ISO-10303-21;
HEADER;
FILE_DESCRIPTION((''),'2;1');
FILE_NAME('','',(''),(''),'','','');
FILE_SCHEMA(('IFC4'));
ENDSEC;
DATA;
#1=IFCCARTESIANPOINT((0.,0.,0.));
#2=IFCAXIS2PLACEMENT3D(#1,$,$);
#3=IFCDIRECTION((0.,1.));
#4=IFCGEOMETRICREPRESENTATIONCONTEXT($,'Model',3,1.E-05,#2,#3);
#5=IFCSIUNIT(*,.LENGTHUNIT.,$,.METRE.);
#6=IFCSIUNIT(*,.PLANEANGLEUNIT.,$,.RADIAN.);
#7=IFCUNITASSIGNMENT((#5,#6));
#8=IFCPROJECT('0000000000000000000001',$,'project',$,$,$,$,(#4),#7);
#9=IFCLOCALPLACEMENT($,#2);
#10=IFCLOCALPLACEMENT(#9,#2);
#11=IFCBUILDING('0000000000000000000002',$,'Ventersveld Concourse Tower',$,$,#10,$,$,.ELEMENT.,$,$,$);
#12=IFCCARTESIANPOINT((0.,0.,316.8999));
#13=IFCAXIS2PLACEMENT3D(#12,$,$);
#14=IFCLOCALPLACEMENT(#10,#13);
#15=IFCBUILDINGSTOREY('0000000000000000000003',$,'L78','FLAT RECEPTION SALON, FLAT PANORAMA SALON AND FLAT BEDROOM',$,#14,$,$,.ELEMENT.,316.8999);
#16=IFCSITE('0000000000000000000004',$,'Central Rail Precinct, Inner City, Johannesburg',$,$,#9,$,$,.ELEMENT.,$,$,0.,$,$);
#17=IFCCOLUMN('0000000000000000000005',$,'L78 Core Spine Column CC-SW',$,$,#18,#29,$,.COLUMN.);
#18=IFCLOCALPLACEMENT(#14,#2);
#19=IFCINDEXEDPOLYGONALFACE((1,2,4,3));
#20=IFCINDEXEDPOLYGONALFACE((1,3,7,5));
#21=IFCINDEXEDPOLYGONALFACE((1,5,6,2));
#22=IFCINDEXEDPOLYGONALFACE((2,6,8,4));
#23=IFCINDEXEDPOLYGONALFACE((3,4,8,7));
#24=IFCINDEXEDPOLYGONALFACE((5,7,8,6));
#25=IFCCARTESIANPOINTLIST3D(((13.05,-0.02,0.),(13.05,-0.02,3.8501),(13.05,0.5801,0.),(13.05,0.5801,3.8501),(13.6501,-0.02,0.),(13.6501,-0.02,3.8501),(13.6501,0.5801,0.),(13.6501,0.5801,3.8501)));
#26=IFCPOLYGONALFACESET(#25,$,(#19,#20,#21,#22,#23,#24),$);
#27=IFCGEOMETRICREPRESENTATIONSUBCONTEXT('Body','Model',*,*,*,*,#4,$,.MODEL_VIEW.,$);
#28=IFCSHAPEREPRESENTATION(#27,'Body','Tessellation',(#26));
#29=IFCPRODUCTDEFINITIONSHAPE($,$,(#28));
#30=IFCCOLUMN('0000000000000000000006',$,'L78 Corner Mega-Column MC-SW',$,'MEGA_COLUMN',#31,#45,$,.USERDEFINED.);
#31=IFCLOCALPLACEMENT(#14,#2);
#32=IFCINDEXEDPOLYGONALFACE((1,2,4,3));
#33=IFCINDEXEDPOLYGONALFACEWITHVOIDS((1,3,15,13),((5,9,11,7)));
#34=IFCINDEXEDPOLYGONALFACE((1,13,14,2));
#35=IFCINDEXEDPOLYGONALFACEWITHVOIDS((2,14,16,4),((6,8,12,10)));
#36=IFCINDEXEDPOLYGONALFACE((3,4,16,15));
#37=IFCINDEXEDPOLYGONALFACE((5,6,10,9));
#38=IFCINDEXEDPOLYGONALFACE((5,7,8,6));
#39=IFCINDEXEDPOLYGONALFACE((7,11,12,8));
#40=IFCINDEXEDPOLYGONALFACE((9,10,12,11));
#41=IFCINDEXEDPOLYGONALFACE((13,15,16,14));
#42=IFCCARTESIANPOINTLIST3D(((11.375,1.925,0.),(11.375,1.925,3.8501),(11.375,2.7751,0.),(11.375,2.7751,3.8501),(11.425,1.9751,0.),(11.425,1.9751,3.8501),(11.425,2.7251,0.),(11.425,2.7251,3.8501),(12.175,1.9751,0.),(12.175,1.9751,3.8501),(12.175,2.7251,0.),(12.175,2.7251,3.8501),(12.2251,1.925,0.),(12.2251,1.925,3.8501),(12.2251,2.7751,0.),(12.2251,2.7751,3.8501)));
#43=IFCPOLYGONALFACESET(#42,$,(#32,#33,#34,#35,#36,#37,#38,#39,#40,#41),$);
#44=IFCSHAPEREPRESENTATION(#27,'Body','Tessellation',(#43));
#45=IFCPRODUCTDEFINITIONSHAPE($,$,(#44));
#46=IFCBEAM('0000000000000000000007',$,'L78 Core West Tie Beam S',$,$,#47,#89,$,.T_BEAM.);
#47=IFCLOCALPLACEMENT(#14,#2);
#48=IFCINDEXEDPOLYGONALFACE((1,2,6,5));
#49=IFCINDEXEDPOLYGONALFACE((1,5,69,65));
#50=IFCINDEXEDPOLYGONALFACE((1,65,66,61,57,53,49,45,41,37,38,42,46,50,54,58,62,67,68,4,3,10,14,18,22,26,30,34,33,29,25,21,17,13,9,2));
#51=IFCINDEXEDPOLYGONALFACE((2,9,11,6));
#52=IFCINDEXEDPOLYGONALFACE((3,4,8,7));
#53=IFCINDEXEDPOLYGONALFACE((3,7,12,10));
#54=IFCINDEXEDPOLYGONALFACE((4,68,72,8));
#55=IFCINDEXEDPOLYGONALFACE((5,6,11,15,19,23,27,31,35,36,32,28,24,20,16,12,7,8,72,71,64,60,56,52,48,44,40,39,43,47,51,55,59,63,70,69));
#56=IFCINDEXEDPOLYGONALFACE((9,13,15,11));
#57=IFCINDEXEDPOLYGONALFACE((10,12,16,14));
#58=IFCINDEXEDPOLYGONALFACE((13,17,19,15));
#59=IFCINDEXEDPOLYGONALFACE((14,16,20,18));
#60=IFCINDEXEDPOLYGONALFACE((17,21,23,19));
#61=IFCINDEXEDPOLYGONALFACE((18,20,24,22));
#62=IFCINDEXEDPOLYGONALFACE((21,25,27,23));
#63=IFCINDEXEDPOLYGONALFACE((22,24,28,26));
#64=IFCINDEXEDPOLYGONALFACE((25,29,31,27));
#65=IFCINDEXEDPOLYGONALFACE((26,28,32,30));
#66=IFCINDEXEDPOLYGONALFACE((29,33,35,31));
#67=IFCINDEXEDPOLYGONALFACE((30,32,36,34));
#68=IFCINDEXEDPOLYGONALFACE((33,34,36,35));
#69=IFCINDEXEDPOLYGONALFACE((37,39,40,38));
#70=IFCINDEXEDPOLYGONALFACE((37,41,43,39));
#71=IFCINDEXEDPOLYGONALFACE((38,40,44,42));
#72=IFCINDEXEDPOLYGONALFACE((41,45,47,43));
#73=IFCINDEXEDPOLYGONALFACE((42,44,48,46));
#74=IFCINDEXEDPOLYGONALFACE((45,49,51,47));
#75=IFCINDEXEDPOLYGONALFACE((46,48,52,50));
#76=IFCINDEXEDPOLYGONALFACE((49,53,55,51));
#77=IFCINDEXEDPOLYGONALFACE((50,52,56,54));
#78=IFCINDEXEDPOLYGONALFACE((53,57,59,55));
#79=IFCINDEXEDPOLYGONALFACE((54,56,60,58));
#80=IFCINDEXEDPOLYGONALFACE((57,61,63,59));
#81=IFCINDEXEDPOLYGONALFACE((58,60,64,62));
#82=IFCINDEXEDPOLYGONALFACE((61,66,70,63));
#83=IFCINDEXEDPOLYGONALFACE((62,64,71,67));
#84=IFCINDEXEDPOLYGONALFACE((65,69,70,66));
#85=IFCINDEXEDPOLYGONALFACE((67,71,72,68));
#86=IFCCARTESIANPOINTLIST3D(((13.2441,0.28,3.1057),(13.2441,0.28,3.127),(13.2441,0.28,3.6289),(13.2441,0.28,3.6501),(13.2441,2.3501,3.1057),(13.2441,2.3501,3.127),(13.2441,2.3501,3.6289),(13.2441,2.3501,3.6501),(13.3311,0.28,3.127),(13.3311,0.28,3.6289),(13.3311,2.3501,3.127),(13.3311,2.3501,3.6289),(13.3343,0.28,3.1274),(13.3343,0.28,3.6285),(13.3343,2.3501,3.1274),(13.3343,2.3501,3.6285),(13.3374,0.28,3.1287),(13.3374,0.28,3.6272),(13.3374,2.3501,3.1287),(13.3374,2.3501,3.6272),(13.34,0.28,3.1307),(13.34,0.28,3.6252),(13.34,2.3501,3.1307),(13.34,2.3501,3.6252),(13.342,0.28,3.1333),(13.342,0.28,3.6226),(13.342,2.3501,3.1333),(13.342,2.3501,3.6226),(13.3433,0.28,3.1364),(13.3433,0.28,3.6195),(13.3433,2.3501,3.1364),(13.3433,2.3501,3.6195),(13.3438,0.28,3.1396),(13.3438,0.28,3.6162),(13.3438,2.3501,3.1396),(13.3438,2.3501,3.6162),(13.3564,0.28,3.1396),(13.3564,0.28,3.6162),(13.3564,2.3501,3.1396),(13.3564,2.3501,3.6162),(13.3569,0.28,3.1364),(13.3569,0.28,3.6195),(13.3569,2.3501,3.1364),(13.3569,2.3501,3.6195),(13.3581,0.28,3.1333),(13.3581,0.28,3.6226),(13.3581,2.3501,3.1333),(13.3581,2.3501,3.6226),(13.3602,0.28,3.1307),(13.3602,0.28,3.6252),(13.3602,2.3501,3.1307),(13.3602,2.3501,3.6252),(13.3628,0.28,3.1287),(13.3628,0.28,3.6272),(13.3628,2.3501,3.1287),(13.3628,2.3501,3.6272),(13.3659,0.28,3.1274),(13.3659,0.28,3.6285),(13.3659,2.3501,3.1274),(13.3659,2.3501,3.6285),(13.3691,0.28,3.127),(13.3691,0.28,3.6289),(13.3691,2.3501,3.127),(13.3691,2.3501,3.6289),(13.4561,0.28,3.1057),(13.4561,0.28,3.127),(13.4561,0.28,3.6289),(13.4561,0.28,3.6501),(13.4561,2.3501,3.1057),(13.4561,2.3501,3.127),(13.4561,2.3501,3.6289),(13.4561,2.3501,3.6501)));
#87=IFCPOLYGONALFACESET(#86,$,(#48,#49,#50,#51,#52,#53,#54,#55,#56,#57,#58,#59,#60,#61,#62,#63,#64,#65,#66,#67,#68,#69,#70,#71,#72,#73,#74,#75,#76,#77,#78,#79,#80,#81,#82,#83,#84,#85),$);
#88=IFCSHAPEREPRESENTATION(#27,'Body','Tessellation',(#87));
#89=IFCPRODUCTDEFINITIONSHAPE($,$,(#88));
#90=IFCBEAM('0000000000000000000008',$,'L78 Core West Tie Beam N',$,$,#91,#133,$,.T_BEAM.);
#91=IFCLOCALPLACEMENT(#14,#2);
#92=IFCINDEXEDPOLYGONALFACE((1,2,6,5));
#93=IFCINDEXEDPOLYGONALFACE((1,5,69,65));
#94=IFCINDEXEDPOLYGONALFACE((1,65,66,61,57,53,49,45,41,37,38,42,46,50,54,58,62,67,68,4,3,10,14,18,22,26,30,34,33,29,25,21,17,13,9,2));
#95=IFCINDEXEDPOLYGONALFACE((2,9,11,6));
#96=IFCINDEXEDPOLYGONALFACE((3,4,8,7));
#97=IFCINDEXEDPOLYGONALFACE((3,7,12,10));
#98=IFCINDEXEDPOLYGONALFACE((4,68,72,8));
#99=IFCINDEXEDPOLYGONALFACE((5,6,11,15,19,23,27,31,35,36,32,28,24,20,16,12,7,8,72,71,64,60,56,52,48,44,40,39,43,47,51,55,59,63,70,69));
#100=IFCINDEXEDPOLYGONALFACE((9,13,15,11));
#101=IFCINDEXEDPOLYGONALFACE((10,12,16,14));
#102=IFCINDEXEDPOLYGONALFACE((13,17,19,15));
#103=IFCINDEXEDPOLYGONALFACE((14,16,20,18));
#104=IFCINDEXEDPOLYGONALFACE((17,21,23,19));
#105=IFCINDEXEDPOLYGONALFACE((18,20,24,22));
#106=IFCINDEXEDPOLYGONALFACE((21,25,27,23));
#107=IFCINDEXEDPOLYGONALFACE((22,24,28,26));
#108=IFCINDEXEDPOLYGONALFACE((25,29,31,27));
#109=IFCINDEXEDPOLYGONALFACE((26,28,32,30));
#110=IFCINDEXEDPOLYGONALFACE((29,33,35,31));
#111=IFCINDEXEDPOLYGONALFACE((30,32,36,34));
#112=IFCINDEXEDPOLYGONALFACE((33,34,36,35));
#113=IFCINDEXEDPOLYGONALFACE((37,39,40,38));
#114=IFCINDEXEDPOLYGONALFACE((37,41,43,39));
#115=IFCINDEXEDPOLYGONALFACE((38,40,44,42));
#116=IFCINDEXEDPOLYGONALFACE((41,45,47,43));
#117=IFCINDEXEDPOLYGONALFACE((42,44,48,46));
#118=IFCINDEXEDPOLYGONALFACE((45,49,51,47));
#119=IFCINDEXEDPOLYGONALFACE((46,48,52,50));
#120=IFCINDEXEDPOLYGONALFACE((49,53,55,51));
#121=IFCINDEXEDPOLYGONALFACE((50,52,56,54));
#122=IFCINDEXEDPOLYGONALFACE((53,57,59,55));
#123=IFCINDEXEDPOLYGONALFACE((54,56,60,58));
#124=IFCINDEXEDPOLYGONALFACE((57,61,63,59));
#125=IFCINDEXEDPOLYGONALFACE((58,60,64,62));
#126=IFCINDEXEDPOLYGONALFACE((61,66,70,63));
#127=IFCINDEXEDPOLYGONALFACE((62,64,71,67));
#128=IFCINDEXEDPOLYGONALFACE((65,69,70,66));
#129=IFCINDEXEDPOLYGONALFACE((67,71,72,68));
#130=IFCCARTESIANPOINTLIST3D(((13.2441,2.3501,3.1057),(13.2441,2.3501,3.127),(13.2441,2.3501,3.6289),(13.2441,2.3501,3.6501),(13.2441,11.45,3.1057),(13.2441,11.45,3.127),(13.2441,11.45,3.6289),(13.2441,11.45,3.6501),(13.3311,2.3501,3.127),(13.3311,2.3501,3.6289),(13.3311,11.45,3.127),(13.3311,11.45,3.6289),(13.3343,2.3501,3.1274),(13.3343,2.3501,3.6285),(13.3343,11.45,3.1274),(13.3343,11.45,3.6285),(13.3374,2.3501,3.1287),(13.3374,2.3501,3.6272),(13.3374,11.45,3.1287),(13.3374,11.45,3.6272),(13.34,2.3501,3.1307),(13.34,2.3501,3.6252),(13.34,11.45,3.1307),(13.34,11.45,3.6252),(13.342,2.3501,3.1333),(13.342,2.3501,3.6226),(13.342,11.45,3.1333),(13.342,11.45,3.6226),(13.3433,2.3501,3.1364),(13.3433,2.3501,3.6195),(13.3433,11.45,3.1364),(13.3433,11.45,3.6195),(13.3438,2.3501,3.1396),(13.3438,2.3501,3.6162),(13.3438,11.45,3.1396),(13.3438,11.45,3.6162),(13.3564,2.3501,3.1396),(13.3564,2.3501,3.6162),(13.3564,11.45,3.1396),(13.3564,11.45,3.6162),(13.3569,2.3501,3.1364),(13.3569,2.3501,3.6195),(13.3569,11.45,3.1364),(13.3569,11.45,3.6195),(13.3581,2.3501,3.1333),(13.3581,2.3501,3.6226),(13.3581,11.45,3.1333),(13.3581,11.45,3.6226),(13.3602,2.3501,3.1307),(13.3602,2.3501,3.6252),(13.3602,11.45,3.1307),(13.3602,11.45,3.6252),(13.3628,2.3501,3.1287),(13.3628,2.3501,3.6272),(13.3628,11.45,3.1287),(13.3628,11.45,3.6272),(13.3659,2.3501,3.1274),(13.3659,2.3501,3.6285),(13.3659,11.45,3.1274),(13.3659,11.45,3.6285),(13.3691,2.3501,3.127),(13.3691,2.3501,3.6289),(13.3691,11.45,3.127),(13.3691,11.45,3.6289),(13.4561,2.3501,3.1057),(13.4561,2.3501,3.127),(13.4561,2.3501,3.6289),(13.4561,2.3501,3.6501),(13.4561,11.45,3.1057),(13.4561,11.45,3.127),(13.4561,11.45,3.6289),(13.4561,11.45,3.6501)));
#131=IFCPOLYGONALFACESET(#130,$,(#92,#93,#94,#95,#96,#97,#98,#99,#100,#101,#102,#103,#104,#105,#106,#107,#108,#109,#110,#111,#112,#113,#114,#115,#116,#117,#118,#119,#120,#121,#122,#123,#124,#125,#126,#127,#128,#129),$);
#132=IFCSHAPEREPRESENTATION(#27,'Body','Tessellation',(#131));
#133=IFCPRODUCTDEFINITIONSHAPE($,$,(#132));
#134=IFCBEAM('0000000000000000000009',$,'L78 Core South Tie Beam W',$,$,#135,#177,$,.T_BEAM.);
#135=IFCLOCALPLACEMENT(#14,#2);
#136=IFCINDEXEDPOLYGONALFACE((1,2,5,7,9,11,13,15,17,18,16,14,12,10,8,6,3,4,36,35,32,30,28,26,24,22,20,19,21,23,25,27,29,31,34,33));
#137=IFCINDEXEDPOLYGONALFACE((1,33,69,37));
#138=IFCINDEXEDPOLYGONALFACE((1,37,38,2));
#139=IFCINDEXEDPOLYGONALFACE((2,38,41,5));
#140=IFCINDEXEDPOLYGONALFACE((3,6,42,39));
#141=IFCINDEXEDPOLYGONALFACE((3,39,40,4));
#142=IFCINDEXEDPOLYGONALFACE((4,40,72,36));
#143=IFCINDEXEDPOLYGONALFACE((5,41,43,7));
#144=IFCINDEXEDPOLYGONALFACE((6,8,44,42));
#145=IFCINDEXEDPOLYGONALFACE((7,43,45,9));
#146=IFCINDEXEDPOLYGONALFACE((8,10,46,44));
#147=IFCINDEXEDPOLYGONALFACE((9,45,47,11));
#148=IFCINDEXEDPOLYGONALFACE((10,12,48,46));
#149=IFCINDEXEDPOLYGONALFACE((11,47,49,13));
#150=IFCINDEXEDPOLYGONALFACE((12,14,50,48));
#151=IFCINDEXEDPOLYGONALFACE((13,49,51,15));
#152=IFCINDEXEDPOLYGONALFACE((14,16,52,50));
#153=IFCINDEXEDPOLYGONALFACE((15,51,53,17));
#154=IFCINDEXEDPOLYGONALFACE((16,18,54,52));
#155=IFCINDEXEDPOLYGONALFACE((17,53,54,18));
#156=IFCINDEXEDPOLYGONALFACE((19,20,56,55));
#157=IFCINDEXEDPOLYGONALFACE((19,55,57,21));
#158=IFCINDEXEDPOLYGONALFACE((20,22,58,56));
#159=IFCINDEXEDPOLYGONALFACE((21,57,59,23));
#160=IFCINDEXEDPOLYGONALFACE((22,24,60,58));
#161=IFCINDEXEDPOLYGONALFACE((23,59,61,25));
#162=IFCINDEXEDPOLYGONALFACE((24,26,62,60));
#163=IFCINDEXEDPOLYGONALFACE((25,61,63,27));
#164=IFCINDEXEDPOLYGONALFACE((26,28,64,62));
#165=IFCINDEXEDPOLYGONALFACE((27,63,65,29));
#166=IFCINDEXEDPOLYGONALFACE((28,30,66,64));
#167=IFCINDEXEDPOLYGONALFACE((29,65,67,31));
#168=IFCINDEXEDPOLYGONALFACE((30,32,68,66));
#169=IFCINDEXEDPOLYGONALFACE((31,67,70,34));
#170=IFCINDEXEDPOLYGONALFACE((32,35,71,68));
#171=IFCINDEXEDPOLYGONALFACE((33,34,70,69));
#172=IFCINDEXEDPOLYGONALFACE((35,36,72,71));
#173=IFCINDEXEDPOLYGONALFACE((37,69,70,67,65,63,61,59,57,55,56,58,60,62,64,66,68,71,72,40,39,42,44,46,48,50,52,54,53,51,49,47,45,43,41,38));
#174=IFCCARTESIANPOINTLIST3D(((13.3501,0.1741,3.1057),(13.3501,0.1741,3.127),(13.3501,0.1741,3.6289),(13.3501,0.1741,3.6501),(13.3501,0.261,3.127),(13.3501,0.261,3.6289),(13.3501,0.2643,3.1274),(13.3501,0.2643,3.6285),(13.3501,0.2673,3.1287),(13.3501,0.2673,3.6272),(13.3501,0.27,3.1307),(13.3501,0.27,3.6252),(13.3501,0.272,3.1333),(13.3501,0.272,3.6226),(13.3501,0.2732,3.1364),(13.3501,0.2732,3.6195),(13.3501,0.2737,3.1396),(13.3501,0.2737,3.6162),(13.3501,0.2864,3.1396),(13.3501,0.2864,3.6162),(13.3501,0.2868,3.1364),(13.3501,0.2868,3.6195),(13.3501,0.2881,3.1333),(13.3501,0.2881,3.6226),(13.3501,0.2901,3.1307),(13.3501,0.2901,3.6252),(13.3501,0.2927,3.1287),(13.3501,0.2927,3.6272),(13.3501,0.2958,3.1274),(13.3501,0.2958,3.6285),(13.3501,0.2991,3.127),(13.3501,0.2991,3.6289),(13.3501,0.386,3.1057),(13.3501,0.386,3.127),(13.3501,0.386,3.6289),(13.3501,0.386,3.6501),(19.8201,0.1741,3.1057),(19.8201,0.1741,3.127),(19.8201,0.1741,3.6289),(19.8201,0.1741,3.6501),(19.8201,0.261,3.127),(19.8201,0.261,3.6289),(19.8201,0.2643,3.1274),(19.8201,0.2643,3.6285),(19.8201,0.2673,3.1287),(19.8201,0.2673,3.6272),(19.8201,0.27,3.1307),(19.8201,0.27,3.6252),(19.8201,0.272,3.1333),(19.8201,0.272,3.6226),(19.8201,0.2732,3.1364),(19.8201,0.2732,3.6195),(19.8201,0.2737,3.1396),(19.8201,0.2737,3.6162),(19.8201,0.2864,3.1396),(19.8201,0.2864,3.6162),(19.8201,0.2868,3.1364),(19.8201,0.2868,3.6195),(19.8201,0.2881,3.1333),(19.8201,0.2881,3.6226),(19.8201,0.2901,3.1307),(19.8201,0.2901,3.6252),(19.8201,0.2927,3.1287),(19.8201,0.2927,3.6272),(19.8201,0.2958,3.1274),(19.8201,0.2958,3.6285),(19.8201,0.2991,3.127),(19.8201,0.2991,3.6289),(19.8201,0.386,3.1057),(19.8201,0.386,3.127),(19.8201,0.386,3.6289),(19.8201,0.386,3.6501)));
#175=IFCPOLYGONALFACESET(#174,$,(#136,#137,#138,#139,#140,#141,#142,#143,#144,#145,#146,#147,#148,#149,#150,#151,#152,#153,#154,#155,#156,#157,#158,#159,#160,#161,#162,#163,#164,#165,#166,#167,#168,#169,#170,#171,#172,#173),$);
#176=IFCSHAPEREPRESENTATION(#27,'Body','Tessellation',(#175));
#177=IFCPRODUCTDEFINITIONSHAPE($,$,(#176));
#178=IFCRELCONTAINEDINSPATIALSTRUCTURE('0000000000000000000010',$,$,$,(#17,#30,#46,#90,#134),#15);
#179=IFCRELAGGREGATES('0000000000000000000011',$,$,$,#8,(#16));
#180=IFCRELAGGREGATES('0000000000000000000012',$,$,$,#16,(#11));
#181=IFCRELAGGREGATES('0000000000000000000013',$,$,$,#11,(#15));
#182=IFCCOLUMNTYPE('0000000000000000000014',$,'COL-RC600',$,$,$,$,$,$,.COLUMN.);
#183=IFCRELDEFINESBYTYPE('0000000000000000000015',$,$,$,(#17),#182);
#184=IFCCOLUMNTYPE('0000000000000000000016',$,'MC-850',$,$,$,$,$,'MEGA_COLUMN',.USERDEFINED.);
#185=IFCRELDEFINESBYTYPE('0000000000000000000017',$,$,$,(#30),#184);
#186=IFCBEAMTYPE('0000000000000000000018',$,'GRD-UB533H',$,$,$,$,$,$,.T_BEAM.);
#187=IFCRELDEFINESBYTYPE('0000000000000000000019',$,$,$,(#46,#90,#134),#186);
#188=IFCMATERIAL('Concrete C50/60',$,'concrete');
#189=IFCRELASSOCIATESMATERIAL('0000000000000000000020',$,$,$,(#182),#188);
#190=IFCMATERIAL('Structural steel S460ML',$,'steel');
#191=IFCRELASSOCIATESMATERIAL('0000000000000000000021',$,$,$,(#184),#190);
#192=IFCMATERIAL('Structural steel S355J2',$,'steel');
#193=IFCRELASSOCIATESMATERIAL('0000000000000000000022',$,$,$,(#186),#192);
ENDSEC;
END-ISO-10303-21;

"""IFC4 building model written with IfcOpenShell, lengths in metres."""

from ifc_helpers import new_model, si_unit, direction, frame, origin, origin_2d, place, context, subcontext, project, spatial, rectangle, hollow_rectangle, i_section, extrude, material, material_profile, profile_set, type_object, element, save


model = new_model("IFC4")

# Units and contexts
model_context = context("Model", 3, precision=1e-05, world=origin(), true_north=direction((0.0, 1.0)))
body_context = subcontext(model_context, "Body", "Model", "MODEL_VIEW")
ifc_project = project(units=[si_unit("LENGTHUNIT", "METRE"), si_unit("PLANEANGLEUNIT", "RADIAN")], contexts=[model_context])

# Site, building, storey
site_placement = place(None, origin())
site = spatial("IfcSite", under=ifc_project, at=site_placement, Name="Central Rail Precinct, Inner City, Johannesburg", CompositionType="ELEMENT", RefElevation=0.0)
building_placement = place(site_placement, origin())
building = spatial("IfcBuilding", under=site, at=building_placement, Name="Ventersveld Concourse Tower", CompositionType="ELEMENT")
storey_placement = place(building_placement, frame((0.0, 0.0, 316.8999)))
storey = spatial("IfcBuildingStorey", under=building, at=storey_placement, Name="L78", Description="FLAT RECEPTION SALON, FLAT PANORAMA SALON AND FLAT BEDROOM", CompositionType="ELEMENT", Elevation=316.8999)

# Columns
ifc_material_1 = material(Name="Concrete C50/60", Category="concrete")
ifc_material_profile_1 = material_profile(ifc_material_1, rectangle(XDim=0.6001, YDim=0.6001, at=origin_2d()), Name="RC 600x600")
ifc_profile_set_1 = profile_set([ifc_material_profile_1], Name="Concrete C50/60")
column_type_1 = type_object("IfcColumnType", Name="COL-RC600", PredefinedType="COLUMN", material=ifc_profile_set_1)
column_1_placement = place(storey_placement, frame((13.3501, 0.28, 0.0), z_axis=(0.0, 0.0, 1.0), x_axis=(1.0, 0.0, 0.0)))
element("IfcColumn", 1, at=column_1_placement, inside=storey, type_object=column_type_1, Name="L78 Core Spine Column CC-SW", PredefinedType="COLUMN", context=body_context, shape_type="SweptSolid", body=[
    extrude(rectangle(XDim=0.6001, YDim=0.6001, at=origin_2d()), origin(), (0.0, 0.0, 1.0), 3.8501),
])
ifc_material_2 = material(Name="Structural steel S460ML", Category="steel")
ifc_material_profile_2 = material_profile(ifc_material_2, hollow_rectangle(XDim=0.8501, YDim=0.8501, WallThickness=0.05, at=origin_2d()), Name="BOX 850x850x50")
ifc_profile_set_2 = profile_set([ifc_material_profile_2], Name="Structural steel S460ML")
column_type_2 = type_object("IfcColumnType", Name="MC-850", ElementType="MEGA_COLUMN", PredefinedType="USERDEFINED", material=ifc_profile_set_2)
column_2_placement = place(storey_placement, frame((11.8, 2.3501, 0.0), z_axis=(0.0, 0.0, 1.0), x_axis=(1.0, 0.0, 0.0)))
element("IfcColumn", 2, at=column_2_placement, inside=storey, type_object=column_type_2, Name="L78 Corner Mega-Column MC-SW", ObjectType="MEGA_COLUMN", PredefinedType="USERDEFINED", context=body_context, shape_type="SweptSolid", body=[
    extrude(hollow_rectangle(XDim=0.8501, YDim=0.8501, WallThickness=0.05, at=origin_2d()), origin(), (0.0, 0.0, 1.0), 3.8501),
])

# Beams
ifc_material_3 = material(Name="Structural steel S355J2", Category="steel")
ifc_material_profile_3 = material_profile(ifc_material_3, i_section(OverallWidth=0.2119, OverallDepth=0.5444, WebThickness=0.0127, FlangeThickness=0.0212, FilletRadius=0.0127, at=origin_2d()), Name="UB 533x210x122")
ifc_profile_set_3 = profile_set([ifc_material_profile_3], Name="Structural steel S355J2")
beam_type_1 = type_object("IfcBeamType", Name="GRD-UB533H", PredefinedType="T_BEAM", material=ifc_profile_set_3)
beam_1_placement = place(storey_placement, frame((13.3501, 0.28, 3.3779), z_axis=(0.0, 1.0, 0.0), x_axis=(-1.0, 0.0, 0.0)))
element("IfcBeam", 3, at=beam_1_placement, inside=storey, type_object=beam_type_1, Name="L78 Core West Tie Beam S", PredefinedType="T_BEAM", context=body_context, shape_type="SweptSolid", body=[
    extrude(i_section(OverallWidth=0.2119, OverallDepth=0.5444, WebThickness=0.0127, FlangeThickness=0.0212, FilletRadius=0.0127, at=origin_2d()), origin(), (0.0, 0.0, 1.0), 2.0701),
])
beam_2_placement = place(storey_placement, frame((13.3501, 2.3501, 3.3779), z_axis=(0.0, 1.0, 0.0), x_axis=(-1.0, 0.0, 0.0)))
element("IfcBeam", 4, at=beam_2_placement, inside=storey, type_object=beam_type_1, Name="L78 Core West Tie Beam N", PredefinedType="T_BEAM", context=body_context, shape_type="SweptSolid", body=[
    extrude(i_section(OverallWidth=0.2119, OverallDepth=0.5444, WebThickness=0.0127, FlangeThickness=0.0212, FilletRadius=0.0127, at=origin_2d()), origin(), (0.0, 0.0, 1.0), 9.0999),
])
beam_3_placement = place(storey_placement, frame((13.3501, 0.28, 3.3779), z_axis=(1.0, 0.0, 0.0), x_axis=(0.0, 1.0, 0.0)))
element("IfcBeam", 5, at=beam_3_placement, inside=storey, type_object=beam_type_1, Name="L78 Core South Tie Beam W", PredefinedType="T_BEAM", context=body_context, shape_type="SweptSolid", body=[
    extrude(i_section(OverallWidth=0.2119, OverallDepth=0.5444, WebThickness=0.0127, FlangeThickness=0.0212, FilletRadius=0.0127, at=origin_2d()), origin(), (0.0, 0.0, 1.0), 6.47),
])

save(model, "model.ifc")
